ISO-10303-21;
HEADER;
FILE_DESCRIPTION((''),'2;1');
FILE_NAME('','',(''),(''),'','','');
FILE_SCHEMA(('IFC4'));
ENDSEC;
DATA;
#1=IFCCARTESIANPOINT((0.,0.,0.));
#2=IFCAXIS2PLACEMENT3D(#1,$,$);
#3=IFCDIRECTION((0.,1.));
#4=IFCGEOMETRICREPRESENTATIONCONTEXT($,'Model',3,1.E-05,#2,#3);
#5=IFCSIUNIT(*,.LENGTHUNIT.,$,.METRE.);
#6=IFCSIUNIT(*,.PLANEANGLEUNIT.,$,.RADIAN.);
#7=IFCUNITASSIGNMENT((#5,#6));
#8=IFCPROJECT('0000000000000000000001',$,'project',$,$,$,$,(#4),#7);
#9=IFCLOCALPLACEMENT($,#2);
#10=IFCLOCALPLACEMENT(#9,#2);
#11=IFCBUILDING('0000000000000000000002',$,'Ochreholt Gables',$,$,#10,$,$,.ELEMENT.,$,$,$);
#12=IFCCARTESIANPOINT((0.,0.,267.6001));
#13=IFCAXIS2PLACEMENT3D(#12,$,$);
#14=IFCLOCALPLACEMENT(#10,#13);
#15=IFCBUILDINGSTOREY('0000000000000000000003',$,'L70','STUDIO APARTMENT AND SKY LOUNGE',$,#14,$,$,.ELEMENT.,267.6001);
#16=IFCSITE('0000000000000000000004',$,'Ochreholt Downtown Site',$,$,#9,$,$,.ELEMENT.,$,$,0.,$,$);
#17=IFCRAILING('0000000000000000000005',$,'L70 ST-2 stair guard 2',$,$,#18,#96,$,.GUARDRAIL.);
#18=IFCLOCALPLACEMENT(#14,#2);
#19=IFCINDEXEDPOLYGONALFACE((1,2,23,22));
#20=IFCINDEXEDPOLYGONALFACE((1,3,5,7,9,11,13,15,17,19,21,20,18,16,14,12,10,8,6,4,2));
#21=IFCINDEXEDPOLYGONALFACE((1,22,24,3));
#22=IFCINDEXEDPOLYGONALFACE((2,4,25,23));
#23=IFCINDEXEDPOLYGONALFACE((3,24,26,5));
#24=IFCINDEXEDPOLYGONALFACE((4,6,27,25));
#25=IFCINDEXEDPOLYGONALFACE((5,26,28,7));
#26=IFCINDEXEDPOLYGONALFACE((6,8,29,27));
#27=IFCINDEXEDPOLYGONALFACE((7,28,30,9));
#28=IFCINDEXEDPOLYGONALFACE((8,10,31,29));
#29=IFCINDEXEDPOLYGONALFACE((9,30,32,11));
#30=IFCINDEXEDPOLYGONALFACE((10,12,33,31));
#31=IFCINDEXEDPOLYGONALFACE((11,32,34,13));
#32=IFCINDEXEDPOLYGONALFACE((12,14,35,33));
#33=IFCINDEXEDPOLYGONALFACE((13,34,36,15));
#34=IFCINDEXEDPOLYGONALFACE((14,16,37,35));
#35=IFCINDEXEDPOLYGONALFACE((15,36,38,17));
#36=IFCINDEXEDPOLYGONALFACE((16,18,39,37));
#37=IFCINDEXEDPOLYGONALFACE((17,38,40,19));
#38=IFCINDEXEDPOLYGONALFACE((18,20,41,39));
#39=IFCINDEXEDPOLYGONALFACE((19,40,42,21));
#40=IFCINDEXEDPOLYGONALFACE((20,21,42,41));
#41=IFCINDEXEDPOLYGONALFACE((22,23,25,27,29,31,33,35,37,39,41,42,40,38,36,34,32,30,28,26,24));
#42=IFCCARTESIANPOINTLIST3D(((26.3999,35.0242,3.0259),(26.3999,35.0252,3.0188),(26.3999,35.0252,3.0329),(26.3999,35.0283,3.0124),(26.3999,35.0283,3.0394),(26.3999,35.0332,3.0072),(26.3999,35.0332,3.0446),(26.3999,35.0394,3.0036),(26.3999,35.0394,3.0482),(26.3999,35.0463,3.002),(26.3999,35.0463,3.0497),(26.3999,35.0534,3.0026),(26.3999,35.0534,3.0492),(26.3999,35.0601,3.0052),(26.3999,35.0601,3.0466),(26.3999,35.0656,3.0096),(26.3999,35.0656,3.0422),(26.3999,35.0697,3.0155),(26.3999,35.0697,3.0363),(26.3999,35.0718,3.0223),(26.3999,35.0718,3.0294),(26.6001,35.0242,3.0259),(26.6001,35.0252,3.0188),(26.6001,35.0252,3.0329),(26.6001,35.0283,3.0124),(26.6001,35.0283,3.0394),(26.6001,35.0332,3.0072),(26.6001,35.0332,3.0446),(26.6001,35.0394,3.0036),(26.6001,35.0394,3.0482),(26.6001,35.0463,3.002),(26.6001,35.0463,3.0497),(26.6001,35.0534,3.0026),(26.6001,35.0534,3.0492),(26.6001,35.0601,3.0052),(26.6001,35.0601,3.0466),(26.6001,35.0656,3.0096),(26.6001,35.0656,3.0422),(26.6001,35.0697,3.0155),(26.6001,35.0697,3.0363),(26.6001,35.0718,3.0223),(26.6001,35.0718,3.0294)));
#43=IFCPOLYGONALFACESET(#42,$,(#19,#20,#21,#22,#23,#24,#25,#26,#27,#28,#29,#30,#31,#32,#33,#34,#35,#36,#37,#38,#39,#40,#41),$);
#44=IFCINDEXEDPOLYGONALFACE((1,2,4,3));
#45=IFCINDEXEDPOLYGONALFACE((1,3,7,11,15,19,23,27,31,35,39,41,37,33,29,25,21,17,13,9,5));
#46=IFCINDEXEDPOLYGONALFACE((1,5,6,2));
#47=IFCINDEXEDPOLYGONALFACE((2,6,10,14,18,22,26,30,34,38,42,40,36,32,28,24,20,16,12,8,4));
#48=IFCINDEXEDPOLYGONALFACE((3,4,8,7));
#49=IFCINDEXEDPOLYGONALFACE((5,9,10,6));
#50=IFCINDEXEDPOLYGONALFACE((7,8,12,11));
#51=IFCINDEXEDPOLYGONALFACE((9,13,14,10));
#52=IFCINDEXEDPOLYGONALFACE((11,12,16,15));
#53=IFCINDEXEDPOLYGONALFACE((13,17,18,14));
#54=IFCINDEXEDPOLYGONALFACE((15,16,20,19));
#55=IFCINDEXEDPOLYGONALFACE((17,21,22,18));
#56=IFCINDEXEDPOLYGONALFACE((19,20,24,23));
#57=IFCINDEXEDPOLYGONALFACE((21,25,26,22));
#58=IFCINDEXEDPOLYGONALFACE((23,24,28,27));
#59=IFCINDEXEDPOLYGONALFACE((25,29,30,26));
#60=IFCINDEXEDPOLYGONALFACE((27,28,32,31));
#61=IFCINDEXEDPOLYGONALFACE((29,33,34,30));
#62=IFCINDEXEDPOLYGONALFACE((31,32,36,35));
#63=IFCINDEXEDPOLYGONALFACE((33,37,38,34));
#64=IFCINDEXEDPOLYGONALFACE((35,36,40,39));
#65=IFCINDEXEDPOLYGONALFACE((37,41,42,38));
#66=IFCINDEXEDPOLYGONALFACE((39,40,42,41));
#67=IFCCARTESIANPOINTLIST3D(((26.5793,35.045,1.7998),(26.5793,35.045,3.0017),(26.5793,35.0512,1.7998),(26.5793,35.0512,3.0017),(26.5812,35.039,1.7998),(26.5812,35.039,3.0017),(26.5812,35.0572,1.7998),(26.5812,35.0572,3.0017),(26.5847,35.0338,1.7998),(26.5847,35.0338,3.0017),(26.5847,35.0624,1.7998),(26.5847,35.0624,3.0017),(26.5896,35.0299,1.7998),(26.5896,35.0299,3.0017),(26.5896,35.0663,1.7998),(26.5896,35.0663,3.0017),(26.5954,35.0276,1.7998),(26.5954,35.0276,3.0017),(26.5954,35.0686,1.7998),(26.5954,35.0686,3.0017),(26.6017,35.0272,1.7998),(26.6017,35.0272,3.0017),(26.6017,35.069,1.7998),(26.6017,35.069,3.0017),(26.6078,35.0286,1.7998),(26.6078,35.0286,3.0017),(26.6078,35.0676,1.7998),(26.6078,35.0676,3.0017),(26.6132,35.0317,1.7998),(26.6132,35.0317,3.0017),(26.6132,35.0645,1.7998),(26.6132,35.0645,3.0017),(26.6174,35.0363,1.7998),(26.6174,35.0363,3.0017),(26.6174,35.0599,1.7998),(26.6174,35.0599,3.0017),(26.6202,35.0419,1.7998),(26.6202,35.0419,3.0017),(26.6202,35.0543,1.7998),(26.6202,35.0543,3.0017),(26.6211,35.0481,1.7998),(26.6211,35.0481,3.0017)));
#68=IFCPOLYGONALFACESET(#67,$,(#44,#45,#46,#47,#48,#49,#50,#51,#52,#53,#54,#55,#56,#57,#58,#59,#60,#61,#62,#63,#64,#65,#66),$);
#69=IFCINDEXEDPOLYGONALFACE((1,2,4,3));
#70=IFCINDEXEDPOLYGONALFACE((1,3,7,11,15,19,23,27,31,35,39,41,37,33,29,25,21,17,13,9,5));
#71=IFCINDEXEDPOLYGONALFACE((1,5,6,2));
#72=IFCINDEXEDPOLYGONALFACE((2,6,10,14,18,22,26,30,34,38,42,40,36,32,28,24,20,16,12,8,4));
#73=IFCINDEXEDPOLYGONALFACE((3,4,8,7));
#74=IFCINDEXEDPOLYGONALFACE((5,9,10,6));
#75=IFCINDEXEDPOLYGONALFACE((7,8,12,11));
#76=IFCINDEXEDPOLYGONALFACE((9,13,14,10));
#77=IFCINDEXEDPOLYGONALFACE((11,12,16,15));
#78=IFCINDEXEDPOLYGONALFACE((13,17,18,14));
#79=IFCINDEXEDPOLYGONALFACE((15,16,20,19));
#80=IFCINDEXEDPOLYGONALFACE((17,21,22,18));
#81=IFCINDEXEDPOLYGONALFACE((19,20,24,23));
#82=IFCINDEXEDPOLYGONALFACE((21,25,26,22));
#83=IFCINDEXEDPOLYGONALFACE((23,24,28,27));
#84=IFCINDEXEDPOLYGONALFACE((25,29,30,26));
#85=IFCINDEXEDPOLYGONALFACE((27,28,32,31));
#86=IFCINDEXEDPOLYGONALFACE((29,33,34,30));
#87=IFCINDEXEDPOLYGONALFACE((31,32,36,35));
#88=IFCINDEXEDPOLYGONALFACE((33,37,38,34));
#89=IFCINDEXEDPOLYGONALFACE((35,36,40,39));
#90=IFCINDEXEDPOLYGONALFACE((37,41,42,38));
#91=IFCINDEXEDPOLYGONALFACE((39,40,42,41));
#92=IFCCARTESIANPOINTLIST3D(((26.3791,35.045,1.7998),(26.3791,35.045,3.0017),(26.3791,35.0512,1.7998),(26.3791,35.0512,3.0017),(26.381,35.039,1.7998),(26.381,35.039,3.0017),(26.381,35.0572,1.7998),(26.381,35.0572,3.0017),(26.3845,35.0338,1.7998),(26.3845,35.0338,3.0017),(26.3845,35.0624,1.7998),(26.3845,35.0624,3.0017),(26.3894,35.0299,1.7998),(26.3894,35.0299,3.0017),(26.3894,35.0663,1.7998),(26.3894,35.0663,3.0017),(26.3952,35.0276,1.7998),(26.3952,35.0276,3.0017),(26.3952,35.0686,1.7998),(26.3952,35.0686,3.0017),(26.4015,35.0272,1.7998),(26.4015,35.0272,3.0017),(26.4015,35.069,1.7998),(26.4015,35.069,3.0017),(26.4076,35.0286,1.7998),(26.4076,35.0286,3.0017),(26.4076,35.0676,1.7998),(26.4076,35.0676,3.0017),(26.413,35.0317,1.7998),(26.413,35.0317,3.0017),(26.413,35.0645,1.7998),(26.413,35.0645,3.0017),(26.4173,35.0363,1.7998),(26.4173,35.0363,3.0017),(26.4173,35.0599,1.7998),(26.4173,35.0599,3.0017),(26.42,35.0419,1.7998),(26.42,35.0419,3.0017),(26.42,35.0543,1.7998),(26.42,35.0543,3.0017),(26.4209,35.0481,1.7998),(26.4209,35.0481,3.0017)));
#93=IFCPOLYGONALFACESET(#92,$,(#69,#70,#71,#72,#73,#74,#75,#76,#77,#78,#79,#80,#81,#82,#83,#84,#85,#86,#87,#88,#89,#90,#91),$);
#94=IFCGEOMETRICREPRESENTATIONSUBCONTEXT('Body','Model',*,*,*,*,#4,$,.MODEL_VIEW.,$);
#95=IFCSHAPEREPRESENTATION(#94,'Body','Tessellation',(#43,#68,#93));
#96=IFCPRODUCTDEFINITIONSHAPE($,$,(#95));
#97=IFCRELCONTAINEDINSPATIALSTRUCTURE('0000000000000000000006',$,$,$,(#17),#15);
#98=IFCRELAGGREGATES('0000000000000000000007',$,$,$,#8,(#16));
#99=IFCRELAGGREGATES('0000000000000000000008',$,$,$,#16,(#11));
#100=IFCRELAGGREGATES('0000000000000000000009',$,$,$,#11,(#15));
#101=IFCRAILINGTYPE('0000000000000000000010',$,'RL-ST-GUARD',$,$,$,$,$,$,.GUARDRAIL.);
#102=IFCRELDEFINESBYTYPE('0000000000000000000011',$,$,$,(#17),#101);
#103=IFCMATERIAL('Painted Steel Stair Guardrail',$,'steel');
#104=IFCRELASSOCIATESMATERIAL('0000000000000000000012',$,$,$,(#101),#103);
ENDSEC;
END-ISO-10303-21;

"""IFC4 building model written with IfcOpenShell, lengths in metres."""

from ifc_helpers import new_model, si_unit, direction, frame, origin, origin_2d, place, context, subcontext, project, spatial, circle, extrude, material, type_object, element, save


model = new_model("IFC4")

# Units and contexts
model_context = context("Model", 3, precision=1e-05, world=origin(), true_north=direction((0.0, 1.0)))
body_context = subcontext(model_context, "Body", "Model", "MODEL_VIEW")
ifc_project = project(units=[si_unit("LENGTHUNIT", "METRE"), si_unit("PLANEANGLEUNIT", "RADIAN")], contexts=[model_context])

# Site, building, storey
site_placement = place(None, origin())
site = spatial("IfcSite", under=ifc_project, at=site_placement, Name="Ochreholt Downtown Site", CompositionType="ELEMENT", RefElevation=0.0)
building_placement = place(site_placement, origin())
building = spatial("IfcBuilding", under=site, at=building_placement, Name="Ochreholt Gables", CompositionType="ELEMENT")
storey_placement = place(building_placement, frame((0.0, 0.0, 267.6001)))
storey = spatial("IfcBuildingStorey", under=building, at=storey_placement, Name="L70", Description="STUDIO APARTMENT AND SKY LOUNGE", CompositionType="ELEMENT", Elevation=267.6001)

# Railing
ifc_material_1 = material(Name="Painted Steel Stair Guardrail", Category="steel")
railing_type_1 = type_object("IfcRailingType", Name="RL-ST-GUARD", PredefinedType="GUARDRAIL", material=ifc_material_1)
railing_1_placement = place(storey_placement, frame((26.6001, 35.0481, 1.7998)))
element("IfcRailing", 1, at=railing_1_placement, inside=storey, type_object=railing_type_1, Name="L70 ST-2 stair guard 2", PredefinedType="GUARDRAIL", context=body_context, shape_type="SweptSolid", body=[
    extrude(circle(Radius=0.0239, at=origin_2d()), frame((0.0, 0.0, 1.2261), z_axis=(-1.0, 0.0, 0.0), x_axis=(0.0, -1.0, 0.0)), (0.0, 0.0, 1.0), 0.2002),
    extrude(circle(Radius=0.021, at=origin_2d()), origin(), (0.0, 0.0, 1.0), 1.2019),
    extrude(circle(Radius=0.021, at=origin_2d()), frame((-0.2002, 0.0, 0.0)), (0.0, 0.0, 1.0), 1.2019),
])

save(model, "model.ifc")
